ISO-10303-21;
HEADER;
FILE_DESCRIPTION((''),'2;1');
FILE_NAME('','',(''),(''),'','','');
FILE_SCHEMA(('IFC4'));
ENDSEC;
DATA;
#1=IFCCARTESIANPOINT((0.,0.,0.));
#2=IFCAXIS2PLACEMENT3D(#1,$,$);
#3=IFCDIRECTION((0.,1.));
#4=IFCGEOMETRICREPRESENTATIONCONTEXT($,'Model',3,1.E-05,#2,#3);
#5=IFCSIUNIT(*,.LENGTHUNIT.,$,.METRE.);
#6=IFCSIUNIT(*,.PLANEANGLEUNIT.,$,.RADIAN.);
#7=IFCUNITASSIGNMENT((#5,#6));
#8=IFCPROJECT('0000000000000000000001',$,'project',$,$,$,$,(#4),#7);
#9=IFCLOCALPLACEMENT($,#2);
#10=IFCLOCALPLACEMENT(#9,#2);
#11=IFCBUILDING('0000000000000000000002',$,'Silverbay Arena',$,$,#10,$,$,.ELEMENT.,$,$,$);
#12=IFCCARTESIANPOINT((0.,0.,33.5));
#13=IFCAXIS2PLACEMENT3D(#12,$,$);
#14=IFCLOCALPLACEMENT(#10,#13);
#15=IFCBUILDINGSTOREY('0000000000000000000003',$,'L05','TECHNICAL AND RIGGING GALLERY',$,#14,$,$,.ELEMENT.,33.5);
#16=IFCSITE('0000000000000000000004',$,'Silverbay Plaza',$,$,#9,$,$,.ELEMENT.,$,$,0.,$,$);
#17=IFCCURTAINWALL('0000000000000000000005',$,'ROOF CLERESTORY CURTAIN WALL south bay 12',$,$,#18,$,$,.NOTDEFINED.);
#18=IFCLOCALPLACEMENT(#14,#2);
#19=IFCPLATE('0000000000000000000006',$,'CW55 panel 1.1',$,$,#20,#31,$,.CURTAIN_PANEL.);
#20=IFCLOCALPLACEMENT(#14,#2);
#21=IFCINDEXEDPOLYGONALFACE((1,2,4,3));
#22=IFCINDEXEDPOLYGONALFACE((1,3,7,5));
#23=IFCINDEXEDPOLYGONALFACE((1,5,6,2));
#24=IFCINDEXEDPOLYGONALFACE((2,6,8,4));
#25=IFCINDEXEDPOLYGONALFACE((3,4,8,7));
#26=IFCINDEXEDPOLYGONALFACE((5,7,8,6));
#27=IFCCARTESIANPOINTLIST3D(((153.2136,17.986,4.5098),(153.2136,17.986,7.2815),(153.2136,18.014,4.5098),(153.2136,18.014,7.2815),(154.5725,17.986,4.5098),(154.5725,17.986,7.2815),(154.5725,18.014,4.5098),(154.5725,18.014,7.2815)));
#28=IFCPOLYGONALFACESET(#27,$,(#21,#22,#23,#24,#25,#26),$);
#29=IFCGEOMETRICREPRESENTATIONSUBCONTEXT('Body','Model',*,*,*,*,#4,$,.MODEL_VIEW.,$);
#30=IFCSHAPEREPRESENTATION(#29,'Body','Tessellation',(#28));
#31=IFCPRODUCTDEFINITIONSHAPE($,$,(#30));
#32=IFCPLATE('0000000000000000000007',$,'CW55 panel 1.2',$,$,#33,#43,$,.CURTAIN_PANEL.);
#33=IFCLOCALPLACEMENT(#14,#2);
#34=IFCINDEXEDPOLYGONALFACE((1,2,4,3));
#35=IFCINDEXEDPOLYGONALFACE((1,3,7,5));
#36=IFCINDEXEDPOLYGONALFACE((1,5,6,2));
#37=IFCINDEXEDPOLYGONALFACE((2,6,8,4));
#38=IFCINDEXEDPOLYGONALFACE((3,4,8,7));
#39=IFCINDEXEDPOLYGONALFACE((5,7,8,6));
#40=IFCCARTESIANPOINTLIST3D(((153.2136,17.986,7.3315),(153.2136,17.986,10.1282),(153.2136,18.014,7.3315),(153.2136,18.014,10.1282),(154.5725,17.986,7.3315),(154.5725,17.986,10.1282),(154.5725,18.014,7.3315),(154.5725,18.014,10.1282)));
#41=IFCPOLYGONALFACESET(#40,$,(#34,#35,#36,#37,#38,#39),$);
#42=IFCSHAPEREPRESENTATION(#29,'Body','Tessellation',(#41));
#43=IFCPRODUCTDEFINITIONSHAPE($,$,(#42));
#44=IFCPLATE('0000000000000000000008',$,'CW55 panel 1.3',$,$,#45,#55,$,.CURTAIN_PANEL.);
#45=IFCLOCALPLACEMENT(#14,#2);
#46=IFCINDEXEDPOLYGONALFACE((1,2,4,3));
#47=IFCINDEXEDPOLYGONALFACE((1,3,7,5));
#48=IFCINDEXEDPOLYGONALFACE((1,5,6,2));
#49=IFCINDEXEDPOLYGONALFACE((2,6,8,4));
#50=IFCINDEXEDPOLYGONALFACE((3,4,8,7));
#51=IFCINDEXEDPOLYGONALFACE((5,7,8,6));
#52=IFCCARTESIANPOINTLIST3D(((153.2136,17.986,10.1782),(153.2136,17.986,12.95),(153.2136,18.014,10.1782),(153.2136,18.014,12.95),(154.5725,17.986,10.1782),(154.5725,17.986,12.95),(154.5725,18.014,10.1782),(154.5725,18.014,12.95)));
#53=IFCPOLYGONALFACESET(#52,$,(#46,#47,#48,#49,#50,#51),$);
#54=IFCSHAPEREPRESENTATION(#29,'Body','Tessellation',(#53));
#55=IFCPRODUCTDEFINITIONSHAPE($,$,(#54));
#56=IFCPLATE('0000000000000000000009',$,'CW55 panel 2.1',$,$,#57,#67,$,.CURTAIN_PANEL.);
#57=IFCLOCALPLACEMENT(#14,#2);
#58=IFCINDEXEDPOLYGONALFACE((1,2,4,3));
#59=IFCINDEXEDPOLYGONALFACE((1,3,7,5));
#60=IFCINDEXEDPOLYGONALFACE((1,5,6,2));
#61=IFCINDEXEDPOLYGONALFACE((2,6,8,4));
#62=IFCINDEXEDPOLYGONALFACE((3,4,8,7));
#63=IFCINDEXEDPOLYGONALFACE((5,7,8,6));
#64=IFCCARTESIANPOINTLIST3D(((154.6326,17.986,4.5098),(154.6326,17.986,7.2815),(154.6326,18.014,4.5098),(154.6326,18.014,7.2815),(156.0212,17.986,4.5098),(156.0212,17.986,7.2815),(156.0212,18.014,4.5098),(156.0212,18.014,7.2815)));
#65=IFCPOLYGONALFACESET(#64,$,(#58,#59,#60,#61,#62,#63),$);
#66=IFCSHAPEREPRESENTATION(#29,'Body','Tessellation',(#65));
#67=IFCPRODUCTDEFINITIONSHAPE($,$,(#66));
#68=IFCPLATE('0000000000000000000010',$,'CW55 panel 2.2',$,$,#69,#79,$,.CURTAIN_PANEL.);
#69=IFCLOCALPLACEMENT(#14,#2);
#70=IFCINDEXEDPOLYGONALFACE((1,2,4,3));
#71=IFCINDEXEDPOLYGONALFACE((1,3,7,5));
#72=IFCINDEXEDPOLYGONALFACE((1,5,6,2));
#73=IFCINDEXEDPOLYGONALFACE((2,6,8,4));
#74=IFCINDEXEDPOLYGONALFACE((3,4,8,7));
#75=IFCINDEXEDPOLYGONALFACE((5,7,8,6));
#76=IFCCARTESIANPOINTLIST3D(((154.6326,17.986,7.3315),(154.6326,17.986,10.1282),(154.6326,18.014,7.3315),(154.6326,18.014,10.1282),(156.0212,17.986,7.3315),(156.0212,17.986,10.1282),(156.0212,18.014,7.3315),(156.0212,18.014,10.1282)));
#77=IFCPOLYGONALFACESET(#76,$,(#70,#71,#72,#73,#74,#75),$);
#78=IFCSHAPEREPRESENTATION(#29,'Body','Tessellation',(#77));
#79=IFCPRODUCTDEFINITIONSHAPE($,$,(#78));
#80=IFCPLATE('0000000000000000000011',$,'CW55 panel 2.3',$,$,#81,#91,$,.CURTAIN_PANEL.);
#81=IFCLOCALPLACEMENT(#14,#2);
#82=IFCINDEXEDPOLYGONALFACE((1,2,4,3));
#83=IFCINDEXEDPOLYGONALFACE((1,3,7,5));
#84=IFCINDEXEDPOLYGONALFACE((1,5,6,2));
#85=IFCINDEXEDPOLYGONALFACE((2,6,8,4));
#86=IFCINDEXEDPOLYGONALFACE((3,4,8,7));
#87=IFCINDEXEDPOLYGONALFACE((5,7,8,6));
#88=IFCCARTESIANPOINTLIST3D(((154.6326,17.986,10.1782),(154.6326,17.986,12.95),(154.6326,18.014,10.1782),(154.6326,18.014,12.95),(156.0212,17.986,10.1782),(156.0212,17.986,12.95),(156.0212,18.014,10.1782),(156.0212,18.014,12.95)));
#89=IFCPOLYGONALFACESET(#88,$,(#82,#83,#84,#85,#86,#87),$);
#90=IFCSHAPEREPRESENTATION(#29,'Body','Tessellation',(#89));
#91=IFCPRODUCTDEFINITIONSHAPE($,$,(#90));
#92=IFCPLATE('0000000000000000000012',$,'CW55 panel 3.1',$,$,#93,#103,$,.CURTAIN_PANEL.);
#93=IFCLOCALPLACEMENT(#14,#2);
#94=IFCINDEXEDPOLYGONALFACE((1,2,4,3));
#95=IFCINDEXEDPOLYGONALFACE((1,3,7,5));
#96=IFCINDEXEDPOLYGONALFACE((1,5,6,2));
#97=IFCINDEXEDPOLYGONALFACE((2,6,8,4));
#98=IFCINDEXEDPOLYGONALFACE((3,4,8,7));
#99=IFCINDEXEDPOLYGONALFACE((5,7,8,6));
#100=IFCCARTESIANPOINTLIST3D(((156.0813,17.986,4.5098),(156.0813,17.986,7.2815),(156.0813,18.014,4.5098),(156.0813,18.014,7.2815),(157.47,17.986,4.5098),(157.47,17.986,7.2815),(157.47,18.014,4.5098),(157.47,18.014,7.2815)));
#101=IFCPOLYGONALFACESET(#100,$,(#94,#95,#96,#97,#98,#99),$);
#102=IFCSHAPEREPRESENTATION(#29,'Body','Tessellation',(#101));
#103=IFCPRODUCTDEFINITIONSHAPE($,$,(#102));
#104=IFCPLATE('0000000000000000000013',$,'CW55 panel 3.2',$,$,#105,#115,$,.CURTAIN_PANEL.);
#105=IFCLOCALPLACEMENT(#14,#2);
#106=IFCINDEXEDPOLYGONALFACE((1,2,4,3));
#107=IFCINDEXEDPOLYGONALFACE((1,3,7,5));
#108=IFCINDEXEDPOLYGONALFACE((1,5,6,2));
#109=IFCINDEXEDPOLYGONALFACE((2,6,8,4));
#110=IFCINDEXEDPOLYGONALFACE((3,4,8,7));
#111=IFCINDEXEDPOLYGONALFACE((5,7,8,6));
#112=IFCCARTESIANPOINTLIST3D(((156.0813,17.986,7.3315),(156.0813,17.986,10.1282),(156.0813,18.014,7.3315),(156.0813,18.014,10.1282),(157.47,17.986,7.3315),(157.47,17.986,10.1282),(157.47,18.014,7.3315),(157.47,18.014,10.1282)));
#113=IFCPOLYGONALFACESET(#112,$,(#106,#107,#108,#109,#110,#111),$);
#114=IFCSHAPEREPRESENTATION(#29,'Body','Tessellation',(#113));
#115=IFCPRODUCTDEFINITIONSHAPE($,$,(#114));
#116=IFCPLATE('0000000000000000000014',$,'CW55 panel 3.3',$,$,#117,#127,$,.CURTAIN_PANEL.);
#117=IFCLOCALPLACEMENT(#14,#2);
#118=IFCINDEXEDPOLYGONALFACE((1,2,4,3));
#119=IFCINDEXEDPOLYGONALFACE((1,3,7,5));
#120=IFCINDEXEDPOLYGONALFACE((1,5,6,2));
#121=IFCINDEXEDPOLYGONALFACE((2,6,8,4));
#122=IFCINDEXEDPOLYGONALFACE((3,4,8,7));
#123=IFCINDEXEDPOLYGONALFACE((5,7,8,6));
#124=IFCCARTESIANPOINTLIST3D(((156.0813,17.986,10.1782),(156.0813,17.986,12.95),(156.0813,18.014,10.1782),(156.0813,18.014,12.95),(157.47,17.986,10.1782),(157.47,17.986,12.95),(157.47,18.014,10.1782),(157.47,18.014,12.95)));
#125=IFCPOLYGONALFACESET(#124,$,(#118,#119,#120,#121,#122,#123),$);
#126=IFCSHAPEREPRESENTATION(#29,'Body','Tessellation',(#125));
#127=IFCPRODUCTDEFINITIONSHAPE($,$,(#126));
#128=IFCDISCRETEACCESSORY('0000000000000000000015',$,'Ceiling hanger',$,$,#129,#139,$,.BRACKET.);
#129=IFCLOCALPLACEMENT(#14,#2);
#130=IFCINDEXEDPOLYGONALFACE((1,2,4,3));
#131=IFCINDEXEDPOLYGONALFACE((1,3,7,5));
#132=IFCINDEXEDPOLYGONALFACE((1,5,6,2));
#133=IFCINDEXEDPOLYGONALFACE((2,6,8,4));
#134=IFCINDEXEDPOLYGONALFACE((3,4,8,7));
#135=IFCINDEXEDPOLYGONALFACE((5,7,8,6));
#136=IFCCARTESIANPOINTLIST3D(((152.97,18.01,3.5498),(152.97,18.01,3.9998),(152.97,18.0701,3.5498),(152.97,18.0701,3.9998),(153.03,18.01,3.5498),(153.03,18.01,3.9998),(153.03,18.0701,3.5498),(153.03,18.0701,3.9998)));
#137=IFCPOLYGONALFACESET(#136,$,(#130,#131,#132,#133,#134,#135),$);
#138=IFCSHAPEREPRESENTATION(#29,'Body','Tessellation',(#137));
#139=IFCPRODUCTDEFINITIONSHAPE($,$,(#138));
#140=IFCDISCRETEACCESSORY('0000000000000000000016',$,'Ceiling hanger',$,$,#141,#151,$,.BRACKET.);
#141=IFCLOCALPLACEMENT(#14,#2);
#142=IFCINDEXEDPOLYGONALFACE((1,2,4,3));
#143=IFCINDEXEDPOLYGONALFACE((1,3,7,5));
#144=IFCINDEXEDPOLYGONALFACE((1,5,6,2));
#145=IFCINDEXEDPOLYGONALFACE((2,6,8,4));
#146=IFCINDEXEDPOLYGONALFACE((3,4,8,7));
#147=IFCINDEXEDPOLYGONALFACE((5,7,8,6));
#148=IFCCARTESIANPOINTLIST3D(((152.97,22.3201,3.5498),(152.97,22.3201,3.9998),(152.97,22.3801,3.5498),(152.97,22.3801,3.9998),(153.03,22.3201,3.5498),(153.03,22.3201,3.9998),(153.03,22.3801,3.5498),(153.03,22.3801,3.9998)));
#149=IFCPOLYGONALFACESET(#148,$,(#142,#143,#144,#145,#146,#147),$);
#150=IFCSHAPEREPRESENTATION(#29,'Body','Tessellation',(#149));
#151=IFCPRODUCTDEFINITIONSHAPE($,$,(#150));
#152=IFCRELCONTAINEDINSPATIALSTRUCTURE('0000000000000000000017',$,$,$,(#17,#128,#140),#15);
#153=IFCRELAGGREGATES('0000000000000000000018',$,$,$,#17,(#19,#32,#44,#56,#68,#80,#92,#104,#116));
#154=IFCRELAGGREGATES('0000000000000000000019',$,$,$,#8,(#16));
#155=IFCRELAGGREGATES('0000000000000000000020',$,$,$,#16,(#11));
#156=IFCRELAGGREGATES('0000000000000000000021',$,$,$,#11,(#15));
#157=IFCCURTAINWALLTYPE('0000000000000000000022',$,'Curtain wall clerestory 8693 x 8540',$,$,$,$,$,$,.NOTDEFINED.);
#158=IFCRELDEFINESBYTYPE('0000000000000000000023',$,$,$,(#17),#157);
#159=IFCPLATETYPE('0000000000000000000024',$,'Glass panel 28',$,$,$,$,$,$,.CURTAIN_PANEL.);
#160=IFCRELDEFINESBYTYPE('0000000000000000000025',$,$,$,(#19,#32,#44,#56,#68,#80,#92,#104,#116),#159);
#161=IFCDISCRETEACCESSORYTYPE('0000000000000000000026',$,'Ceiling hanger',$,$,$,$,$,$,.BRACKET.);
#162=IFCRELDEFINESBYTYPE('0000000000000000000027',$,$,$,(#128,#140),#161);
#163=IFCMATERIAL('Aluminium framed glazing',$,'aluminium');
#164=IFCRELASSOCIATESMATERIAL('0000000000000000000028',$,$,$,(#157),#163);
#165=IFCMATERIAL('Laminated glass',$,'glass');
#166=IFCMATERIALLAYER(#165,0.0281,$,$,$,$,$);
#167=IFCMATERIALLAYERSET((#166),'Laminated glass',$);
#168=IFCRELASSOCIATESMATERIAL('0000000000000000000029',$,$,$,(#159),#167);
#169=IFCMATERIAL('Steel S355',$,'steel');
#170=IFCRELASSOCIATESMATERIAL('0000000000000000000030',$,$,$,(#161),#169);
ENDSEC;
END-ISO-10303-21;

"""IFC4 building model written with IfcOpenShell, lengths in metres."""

from ifc_helpers import new_model, si_unit, direction, frame, origin, origin_2d, place, context, subcontext, project, spatial, rectangle, extrude, material, layer, layer_set, type_object, element, aggregate, save


model = new_model("IFC4")

# Units and contexts
model_context = context("Model", 3, precision=1e-05, world=origin(), true_north=direction((0.0, 1.0)))
body_context = subcontext(model_context, "Body", "Model", "MODEL_VIEW")
ifc_project = project(units=[si_unit("LENGTHUNIT", "METRE"), si_unit("PLANEANGLEUNIT", "RADIAN")], contexts=[model_context])

# Site, building, storey
site_placement = place(None, origin())
site = spatial("IfcSite", under=ifc_project, at=site_placement, Name="Silverbay Plaza", CompositionType="ELEMENT", RefElevation=0.0)
building_placement = place(site_placement, origin())
building = spatial("IfcBuilding", under=site, at=building_placement, Name="Silverbay Arena", CompositionType="ELEMENT")
storey_placement = place(building_placement, frame((0.0, 0.0, 33.5)))
storey = spatial("IfcBuildingStorey", under=building, at=storey_placement, Name="L05", Description="TECHNICAL AND RIGGING GALLERY", CompositionType="ELEMENT", Elevation=33.5)

# Curtain wall
ifc_material_1 = material(Name="Aluminium framed glazing", Category="aluminium")
curtain_wall_type = type_object("IfcCurtainWallType", Name="Curtain wall clerestory 8693 x 8540", PredefinedType="NOTDEFINED", material=ifc_material_1)
curtain_wall_placement = place(storey_placement, origin())
curtain_wall = element("IfcCurtainWall", 1, at=curtain_wall_placement, inside=storey, type_object=curtain_wall_type, Name="ROOF CLERESTORY CURTAIN WALL south bay 12", PredefinedType="NOTDEFINED")

# Plates
ifc_material_2 = material(Name="Laminated glass", Category="glass")
ifc_layer = layer(ifc_material_2, 0.0281)
ifc_layer_set = layer_set([ifc_layer], Name="Laminated glass")
plate_type = type_object("IfcPlateType", Name="Glass panel 28", PredefinedType="CURTAIN_PANEL", material=ifc_layer_set)
plate_1_placement = place(storey_placement, frame((153.8931, 18.0, 4.5098), z_axis=(0.0, 0.0, 1.0), x_axis=(1.0, 0.0, 0.0)))
plate_1 = element("IfcPlate", 2, at=plate_1_placement, type_object=plate_type, Name="CW55 panel 1.1", PredefinedType="CURTAIN_PANEL", context=body_context, shape_type="SweptSolid", body=[
    extrude(rectangle(XDim=1.3589, YDim=0.0281, at=origin_2d()), origin(), (0.0, 0.0, 1.0), 2.7717),
])
plate_2_placement = place(storey_placement, frame((153.8931, 18.0, 7.3315), z_axis=(0.0, 0.0, 1.0), x_axis=(1.0, 0.0, 0.0)))
plate_2 = element("IfcPlate", 3, at=plate_2_placement, type_object=plate_type, Name="CW55 panel 1.2", PredefinedType="CURTAIN_PANEL", context=body_context, shape_type="SweptSolid", body=[
    extrude(rectangle(XDim=1.3589, YDim=0.0281, at=origin_2d()), origin(), (0.0, 0.0, 1.0), 2.7966),
])
plate_3_placement = place(storey_placement, frame((153.8931, 18.0, 10.1782), z_axis=(0.0, 0.0, 1.0), x_axis=(1.0, 0.0, 0.0)))
plate_3 = element("IfcPlate", 4, at=plate_3_placement, type_object=plate_type, Name="CW55 panel 1.3", PredefinedType="CURTAIN_PANEL", context=body_context, shape_type="SweptSolid", body=[
    extrude(rectangle(XDim=1.3589, YDim=0.0281, at=origin_2d()), origin(), (0.0, 0.0, 1.0), 2.7717),
])
plate_4_placement = place(storey_placement, frame((155.3269, 18.0, 4.5098), z_axis=(0.0, 0.0, 1.0), x_axis=(1.0, 0.0, 0.0)))
plate_4 = element("IfcPlate", 5, at=plate_4_placement, type_object=plate_type, Name="CW55 panel 2.1", PredefinedType="CURTAIN_PANEL", context=body_context, shape_type="SweptSolid", body=[
    extrude(rectangle(XDim=1.3887, YDim=0.0281, at=origin_2d()), origin(), (0.0, 0.0, 1.0), 2.7717),
])
plate_5_placement = place(storey_placement, frame((155.3269, 18.0, 7.3315), z_axis=(0.0, 0.0, 1.0), x_axis=(1.0, 0.0, 0.0)))
plate_5 = element("IfcPlate", 6, at=plate_5_placement, type_object=plate_type, Name="CW55 panel 2.2", PredefinedType="CURTAIN_PANEL", context=body_context, shape_type="SweptSolid", body=[
    extrude(rectangle(XDim=1.3887, YDim=0.0281, at=origin_2d()), origin(), (0.0, 0.0, 1.0), 2.7966),
])
plate_6_placement = place(storey_placement, frame((155.3269, 18.0, 10.1782), z_axis=(0.0, 0.0, 1.0), x_axis=(1.0, 0.0, 0.0)))
plate_6 = element("IfcPlate", 7, at=plate_6_placement, type_object=plate_type, Name="CW55 panel 2.3", PredefinedType="CURTAIN_PANEL", context=body_context, shape_type="SweptSolid", body=[
    extrude(rectangle(XDim=1.3887, YDim=0.0281, at=origin_2d()), origin(), (0.0, 0.0, 1.0), 2.7717),
])
plate_7_placement = place(storey_placement, frame((156.7756, 18.0, 4.5098), z_axis=(0.0, 0.0, 1.0), x_axis=(1.0, 0.0, 0.0)))
plate_7 = element("IfcPlate", 8, at=plate_7_placement, type_object=plate_type, Name="CW55 panel 3.1", PredefinedType="CURTAIN_PANEL", context=body_context, shape_type="SweptSolid", body=[
    extrude(rectangle(XDim=1.3887, YDim=0.0281, at=origin_2d()), origin(), (0.0, 0.0, 1.0), 2.7717),
])
plate_8_placement = place(storey_placement, frame((156.7756, 18.0, 7.3315), z_axis=(0.0, 0.0, 1.0), x_axis=(1.0, 0.0, 0.0)))
plate_8 = element("IfcPlate", 9, at=plate_8_placement, type_object=plate_type, Name="CW55 panel 3.2", PredefinedType="CURTAIN_PANEL", context=body_context, shape_type="SweptSolid", body=[
    extrude(rectangle(XDim=1.3887, YDim=0.0281, at=origin_2d()), origin(), (0.0, 0.0, 1.0), 2.7966),
])
plate_9_placement = place(storey_placement, frame((156.7756, 18.0, 10.1782), z_axis=(0.0, 0.0, 1.0), x_axis=(1.0, 0.0, 0.0)))
plate_9 = element("IfcPlate", 10, at=plate_9_placement, type_object=plate_type, Name="CW55 panel 3.3", PredefinedType="CURTAIN_PANEL", context=body_context, shape_type="SweptSolid", body=[
    extrude(rectangle(XDim=1.3887, YDim=0.0281, at=origin_2d()), origin(), (0.0, 0.0, 1.0), 2.7717),
])
aggregate(curtain_wall, [plate_1, plate_2, plate_3, plate_4, plate_5, plate_6, plate_7, plate_8, plate_9])

# Discrete accessories
ifc_material_3 = material(Name="Steel S355", Category="steel")
discrete_accessory_type = type_object("IfcDiscreteAccessoryType", Name="Ceiling hanger", PredefinedType="BRACKET", material=ifc_material_3)
for number, where, z_axis, x_axis, name in (
    (11, (153.0, 18.04, 3.5498), (0.0, 0.0, 1.0), (1.0, 0.0, 0.0), "Ceiling hanger"),
    (12, (153.0, 22.3501, 3.5498), (0.0, 0.0, 1.0), (1.0, 0.0, 0.0), "Ceiling hanger"),
):
    element("IfcDiscreteAccessory", number, at=place(storey_placement, frame(where, z_axis=z_axis, x_axis=x_axis)), inside=storey, type_object=discrete_accessory_type, Name=name, PredefinedType="BRACKET", context=body_context, shape_type="SweptSolid", body=[
        extrude(rectangle(XDim=0.0601, YDim=0.0601, at=origin_2d()), origin(), (0.0, 0.0, 1.0), 0.45),
    ])

save(model, "model.ifc")
